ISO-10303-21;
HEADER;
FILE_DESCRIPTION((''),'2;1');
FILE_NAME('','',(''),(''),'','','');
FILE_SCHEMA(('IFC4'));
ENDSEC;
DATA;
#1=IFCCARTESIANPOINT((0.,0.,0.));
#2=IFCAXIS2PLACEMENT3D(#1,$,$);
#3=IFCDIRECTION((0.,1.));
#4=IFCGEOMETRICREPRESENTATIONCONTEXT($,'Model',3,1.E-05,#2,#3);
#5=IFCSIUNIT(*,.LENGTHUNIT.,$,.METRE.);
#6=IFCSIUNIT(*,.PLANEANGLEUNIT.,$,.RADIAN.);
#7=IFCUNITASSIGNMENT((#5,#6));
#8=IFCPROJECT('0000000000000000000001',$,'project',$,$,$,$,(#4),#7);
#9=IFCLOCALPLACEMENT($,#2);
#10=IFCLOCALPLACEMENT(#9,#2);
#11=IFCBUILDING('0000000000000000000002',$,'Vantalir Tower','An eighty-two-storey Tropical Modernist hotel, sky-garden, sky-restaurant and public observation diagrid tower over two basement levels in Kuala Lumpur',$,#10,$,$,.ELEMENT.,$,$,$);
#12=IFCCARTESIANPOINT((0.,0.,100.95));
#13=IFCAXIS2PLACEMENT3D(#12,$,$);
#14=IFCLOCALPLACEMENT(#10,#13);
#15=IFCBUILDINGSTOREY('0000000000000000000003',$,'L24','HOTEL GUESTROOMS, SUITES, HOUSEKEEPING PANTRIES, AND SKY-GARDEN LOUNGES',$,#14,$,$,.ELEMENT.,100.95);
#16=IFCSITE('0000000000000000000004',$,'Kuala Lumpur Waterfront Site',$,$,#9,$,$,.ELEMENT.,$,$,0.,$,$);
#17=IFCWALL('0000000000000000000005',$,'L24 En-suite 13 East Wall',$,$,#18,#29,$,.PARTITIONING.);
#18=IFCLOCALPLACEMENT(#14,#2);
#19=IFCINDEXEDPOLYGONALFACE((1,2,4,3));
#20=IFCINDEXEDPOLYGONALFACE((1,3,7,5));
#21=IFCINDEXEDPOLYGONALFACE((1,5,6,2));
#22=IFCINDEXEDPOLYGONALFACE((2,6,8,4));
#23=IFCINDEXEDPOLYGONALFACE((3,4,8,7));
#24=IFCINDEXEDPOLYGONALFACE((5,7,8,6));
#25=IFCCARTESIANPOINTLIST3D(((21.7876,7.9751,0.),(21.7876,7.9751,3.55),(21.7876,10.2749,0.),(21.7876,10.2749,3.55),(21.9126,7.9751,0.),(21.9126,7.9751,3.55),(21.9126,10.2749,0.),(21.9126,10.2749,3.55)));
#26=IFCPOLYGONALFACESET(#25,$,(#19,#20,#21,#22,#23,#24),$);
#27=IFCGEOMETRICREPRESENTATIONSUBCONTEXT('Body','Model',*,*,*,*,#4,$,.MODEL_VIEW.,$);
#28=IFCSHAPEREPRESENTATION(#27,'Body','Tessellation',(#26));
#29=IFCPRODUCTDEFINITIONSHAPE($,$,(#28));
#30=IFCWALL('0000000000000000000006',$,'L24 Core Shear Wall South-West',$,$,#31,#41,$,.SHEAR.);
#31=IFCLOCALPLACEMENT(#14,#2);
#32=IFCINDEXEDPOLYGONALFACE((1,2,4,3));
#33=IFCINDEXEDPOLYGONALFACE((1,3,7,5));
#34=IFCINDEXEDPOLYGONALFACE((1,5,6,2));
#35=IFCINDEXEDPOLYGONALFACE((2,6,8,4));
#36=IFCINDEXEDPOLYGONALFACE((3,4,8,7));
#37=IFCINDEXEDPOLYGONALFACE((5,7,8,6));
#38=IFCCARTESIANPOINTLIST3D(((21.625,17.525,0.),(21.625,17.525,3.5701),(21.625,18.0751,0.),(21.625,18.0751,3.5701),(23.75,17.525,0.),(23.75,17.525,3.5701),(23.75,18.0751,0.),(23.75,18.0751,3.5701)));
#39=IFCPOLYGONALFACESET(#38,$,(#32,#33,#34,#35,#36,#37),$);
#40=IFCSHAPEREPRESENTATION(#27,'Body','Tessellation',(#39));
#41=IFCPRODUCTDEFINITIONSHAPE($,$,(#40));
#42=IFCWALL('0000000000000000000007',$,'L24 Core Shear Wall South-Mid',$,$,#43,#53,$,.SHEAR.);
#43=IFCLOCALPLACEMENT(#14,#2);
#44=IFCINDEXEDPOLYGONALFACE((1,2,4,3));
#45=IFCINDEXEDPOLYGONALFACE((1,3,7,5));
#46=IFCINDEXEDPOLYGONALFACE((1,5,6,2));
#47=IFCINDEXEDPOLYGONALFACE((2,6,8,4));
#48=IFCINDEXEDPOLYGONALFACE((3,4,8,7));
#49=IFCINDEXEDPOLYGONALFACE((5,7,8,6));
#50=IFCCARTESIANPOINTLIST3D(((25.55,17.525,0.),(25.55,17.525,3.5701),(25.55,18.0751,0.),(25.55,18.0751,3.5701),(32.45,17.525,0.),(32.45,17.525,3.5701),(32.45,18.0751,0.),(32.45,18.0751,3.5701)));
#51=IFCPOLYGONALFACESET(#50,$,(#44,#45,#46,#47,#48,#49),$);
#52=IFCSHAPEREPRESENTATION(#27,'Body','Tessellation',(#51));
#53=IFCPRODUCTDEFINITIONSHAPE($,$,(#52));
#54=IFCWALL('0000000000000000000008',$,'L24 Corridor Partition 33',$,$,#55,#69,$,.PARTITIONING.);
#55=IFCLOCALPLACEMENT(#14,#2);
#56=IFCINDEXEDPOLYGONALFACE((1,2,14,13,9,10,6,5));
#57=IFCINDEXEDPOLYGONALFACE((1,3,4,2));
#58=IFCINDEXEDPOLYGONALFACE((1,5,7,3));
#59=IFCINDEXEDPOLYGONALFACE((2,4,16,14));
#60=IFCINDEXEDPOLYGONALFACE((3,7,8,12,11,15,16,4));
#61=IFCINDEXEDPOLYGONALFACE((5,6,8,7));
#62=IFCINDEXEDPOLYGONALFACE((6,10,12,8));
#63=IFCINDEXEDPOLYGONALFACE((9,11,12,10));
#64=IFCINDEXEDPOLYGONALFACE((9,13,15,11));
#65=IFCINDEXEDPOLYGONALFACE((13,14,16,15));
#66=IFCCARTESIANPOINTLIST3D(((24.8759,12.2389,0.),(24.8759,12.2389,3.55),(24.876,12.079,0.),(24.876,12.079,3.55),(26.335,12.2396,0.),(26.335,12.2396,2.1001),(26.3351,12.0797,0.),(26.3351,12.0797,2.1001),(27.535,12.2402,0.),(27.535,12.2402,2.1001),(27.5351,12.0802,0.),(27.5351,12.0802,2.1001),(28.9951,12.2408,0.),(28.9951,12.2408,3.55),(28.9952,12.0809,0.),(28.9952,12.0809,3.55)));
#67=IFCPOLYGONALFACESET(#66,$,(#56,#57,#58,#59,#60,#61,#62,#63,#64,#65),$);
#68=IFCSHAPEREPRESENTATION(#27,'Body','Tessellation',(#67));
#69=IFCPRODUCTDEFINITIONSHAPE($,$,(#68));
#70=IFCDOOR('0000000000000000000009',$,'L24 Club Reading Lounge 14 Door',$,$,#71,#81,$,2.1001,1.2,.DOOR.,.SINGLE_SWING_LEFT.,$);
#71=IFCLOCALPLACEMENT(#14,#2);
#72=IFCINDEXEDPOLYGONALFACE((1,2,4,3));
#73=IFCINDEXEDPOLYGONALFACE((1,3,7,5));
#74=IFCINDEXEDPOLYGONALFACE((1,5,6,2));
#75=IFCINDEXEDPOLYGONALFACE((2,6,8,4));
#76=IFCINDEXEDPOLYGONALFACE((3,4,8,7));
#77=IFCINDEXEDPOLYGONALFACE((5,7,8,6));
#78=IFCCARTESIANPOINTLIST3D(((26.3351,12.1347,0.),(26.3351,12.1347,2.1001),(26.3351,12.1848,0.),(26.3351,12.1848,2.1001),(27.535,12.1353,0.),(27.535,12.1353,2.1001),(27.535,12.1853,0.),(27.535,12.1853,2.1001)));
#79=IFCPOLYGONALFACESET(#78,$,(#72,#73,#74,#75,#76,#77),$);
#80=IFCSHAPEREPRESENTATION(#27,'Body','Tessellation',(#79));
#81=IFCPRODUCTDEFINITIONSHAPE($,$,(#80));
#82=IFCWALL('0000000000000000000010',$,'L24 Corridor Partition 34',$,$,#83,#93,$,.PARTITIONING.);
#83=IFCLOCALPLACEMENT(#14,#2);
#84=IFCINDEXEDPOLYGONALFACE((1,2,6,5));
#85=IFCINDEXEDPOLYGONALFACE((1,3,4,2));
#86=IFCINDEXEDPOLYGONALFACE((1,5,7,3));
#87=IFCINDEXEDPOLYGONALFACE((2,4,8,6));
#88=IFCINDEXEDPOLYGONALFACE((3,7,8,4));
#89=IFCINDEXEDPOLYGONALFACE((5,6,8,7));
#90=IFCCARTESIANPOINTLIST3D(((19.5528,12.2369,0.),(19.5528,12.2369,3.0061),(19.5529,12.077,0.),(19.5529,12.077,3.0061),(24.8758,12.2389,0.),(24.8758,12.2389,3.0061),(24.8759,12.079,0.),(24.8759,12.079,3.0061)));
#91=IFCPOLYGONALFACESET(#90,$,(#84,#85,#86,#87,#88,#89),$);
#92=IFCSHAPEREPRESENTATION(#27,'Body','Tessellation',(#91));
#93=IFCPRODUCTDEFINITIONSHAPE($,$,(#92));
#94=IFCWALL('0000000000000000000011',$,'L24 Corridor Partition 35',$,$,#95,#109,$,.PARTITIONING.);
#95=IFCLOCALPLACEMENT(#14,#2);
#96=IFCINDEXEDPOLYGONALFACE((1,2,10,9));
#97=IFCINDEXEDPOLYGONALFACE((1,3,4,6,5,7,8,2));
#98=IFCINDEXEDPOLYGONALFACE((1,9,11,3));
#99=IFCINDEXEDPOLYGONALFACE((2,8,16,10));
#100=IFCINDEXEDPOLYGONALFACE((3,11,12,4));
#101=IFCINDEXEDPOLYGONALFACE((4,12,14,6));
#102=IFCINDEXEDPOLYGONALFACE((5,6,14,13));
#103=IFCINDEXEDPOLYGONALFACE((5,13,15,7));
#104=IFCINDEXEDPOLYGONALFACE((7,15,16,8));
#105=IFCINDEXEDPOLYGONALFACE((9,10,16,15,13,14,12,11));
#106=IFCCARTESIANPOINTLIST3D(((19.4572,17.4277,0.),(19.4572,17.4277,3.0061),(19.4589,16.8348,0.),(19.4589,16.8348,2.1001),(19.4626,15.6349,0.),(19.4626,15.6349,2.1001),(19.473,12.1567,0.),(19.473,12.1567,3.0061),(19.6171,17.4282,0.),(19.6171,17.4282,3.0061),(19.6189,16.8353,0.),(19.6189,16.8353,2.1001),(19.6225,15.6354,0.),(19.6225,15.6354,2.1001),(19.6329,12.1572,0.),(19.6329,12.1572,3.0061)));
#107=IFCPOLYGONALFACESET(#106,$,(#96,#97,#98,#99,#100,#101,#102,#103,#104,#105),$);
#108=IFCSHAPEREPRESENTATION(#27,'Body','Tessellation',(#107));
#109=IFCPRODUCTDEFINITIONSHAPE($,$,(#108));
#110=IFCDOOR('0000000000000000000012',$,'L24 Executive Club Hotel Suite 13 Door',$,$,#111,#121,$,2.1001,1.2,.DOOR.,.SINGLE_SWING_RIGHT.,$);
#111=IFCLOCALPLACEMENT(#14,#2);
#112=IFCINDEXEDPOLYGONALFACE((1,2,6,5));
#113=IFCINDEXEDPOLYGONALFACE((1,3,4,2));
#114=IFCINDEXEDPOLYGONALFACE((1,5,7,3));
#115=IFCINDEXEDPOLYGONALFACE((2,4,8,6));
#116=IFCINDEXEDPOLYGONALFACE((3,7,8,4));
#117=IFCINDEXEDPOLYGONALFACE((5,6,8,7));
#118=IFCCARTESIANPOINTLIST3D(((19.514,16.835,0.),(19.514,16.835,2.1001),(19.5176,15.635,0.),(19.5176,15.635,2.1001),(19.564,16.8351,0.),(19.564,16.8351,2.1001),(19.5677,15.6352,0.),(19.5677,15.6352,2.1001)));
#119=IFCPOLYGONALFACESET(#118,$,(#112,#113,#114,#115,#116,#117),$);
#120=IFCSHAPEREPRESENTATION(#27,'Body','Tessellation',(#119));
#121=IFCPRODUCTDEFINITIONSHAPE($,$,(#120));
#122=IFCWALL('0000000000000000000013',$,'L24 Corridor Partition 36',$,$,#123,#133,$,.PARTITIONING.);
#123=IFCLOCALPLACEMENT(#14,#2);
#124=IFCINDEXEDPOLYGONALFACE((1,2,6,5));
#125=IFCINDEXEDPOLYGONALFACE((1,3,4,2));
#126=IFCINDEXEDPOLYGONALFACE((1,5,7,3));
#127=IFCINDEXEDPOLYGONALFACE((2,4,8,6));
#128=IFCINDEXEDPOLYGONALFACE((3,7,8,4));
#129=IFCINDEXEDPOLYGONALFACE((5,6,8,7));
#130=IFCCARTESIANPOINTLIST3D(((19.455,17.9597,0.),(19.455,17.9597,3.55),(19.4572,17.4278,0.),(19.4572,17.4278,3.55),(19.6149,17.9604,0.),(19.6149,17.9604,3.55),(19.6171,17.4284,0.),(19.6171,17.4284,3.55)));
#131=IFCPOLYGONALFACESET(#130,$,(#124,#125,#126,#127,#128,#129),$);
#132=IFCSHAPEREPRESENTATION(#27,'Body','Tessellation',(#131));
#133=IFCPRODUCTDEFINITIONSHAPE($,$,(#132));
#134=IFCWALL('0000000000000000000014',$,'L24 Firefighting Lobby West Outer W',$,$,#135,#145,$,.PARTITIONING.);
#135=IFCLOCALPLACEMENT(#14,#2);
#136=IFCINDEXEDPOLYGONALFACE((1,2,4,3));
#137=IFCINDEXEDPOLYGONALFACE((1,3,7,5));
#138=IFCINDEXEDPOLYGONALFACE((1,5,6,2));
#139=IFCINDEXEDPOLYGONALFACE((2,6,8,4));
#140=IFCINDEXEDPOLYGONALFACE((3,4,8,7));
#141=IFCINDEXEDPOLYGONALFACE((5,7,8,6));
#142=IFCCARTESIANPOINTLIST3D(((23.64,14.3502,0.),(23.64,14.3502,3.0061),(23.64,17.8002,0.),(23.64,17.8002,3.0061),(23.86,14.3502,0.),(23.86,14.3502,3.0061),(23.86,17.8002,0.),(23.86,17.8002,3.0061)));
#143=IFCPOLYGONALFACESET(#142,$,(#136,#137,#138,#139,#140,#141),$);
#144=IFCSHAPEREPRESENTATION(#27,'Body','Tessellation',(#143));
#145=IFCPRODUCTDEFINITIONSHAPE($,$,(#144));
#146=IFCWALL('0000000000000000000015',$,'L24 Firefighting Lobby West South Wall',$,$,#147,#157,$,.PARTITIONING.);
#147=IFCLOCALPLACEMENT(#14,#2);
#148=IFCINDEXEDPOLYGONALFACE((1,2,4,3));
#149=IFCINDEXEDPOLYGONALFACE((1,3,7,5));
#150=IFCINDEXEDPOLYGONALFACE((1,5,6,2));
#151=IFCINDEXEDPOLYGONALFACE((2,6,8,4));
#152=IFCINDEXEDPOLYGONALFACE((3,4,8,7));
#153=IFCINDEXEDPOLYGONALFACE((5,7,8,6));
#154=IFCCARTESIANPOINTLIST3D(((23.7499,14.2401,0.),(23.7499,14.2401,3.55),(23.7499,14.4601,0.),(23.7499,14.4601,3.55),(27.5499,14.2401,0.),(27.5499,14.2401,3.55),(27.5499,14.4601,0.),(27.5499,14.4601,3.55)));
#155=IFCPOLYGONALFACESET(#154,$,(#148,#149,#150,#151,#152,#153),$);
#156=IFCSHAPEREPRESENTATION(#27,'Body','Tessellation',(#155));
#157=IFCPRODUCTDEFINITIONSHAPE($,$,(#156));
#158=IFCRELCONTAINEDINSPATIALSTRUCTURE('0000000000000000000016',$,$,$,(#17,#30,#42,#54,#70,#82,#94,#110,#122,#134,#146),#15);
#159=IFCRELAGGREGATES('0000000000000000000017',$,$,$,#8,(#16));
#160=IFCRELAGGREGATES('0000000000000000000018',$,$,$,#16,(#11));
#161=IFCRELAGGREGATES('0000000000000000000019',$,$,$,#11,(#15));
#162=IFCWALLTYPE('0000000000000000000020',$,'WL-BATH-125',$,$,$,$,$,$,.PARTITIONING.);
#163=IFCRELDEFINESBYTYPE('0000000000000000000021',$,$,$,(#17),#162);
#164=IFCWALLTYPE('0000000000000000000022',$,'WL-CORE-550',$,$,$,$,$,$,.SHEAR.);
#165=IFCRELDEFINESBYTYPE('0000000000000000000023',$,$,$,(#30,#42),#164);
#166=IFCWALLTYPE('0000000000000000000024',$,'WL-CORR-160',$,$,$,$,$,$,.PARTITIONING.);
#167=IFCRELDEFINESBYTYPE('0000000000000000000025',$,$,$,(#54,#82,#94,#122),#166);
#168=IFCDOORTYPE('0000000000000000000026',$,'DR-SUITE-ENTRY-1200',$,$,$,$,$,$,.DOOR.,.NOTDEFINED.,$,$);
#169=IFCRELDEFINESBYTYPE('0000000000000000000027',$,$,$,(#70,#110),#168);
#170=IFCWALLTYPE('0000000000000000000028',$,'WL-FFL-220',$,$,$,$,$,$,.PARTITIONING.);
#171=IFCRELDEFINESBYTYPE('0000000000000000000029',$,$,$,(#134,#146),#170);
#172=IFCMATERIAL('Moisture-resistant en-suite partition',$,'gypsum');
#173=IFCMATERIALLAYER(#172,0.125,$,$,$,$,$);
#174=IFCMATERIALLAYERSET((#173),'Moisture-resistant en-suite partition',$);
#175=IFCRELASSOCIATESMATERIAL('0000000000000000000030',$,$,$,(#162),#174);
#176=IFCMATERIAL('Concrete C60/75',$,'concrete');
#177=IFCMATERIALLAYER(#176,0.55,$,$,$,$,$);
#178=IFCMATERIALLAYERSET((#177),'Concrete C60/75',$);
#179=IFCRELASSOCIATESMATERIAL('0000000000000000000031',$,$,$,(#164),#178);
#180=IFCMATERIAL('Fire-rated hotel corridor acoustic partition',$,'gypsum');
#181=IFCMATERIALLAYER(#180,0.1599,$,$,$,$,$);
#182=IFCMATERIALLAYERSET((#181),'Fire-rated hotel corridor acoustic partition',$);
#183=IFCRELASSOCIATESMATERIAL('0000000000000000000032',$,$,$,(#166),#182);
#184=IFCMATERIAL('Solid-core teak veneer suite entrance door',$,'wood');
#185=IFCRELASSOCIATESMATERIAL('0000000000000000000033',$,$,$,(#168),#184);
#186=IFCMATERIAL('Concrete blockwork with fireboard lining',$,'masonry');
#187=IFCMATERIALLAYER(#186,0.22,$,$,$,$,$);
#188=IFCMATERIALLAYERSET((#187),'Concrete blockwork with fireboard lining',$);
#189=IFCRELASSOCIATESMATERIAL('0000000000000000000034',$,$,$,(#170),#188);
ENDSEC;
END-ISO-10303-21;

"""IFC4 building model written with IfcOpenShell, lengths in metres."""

from ifc_helpers import new_model, si_unit, direction, frame, frame_2d, origin, place, context, subcontext, project, spatial, rectangle, extrude, material, layer, layer_set, type_object, element, fill, save


model = new_model("IFC4")

# Units and contexts
model_context = context("Model", 3, precision=1e-05, world=origin(), true_north=direction((0.0, 1.0)))
body_context = subcontext(model_context, "Body", "Model", "MODEL_VIEW")
ifc_project = project(units=[si_unit("LENGTHUNIT", "METRE"), si_unit("PLANEANGLEUNIT", "RADIAN")], contexts=[model_context])

# Site, building, storey
site_placement = place(None, origin())
site = spatial("IfcSite", under=ifc_project, at=site_placement, Name="Kuala Lumpur Waterfront Site", CompositionType="ELEMENT", RefElevation=0.0)
building_placement = place(site_placement, origin())
building = spatial("IfcBuilding", under=site, at=building_placement, Name="Vantalir Tower", Description="An eighty-two-storey Tropical Modernist hotel, sky-garden, sky-restaurant and public observation diagrid tower over two basement levels in Kuala Lumpur", CompositionType="ELEMENT")
storey_placement = place(building_placement, frame((0.0, 0.0, 100.95)))
storey = spatial("IfcBuildingStorey", under=building, at=storey_placement, Name="L24", Description="HOTEL GUESTROOMS, SUITES, HOUSEKEEPING PANTRIES, AND SKY-GARDEN LOUNGES", CompositionType="ELEMENT", Elevation=100.95)

# Shared definitions
ifc_material_1 = material(Name="Concrete C60/75", Category="concrete")

# Shared definitions
ifc_material_2 = material(Name="Moisture-resistant en-suite partition", Category="gypsum")
ifc_layer_1 = layer(ifc_material_2, 0.125)
ifc_layer_set_1 = layer_set([ifc_layer_1], Name="Moisture-resistant en-suite partition")
wall_type_1 = type_object("IfcWallType", Name="WL-BATH-125", PredefinedType="PARTITIONING", material=ifc_layer_set_1)

# Walls
wall_1_placement = place(storey_placement, frame((21.8501, 7.9751, 0.0), z_axis=(0.0, 0.0, 1.0), x_axis=(0.0, 1.0, 0.0)))
element("IfcWall", 1, at=wall_1_placement, inside=storey, type_object=wall_type_1, Name="L24 En-suite 13 East Wall", PredefinedType="PARTITIONING", context=body_context, shape_type="SweptSolid", body=[
    extrude(rectangle(XDim=2.2998, YDim=0.125, at=frame_2d((1.1499, 0.0))), origin(), (0.0, 0.0, 1.0), 3.55),
])
ifc_layer_2 = layer(ifc_material_1, 0.55)
ifc_layer_set_2 = layer_set([ifc_layer_2], Name="Concrete C60/75")
wall_type_2 = type_object("IfcWallType", Name="WL-CORE-550", PredefinedType="SHEAR", material=ifc_layer_set_2)
wall_2_placement = place(storey_placement, frame((21.625, 17.8, 0.0), z_axis=(0.0, 0.0, 1.0), x_axis=(1.0, 0.0, 0.0)))
element("IfcWall", 2, at=wall_2_placement, inside=storey, type_object=wall_type_2, Name="L24 Core Shear Wall South-West", PredefinedType="SHEAR", context=body_context, shape_type="SweptSolid", body=[
    extrude(rectangle(XDim=2.125, YDim=0.55, at=frame_2d((1.0625, 0.0))), origin(), (0.0, 0.0, 1.0), 3.5701),
])
wall_3_placement = place(storey_placement, frame((25.55, 17.8, 0.0), z_axis=(0.0, 0.0, 1.0), x_axis=(1.0, 0.0, 0.0)))
element("IfcWall", 3, at=wall_3_placement, inside=storey, type_object=wall_type_2, Name="L24 Core Shear Wall South-Mid", PredefinedType="SHEAR", context=body_context, shape_type="SweptSolid", body=[
    extrude(rectangle(XDim=6.8999, YDim=0.55, at=frame_2d((3.45, 0.0))), origin(), (0.0, 0.0, 1.0), 3.5701),
])

# Wall, opening, door
ifc_material_3 = material(Name="Fire-rated hotel corridor acoustic partition", Category="gypsum")
ifc_layer_3 = layer(ifc_material_3, 0.1599)
ifc_layer_set_3 = layer_set([ifc_layer_3], Name="Fire-rated hotel corridor acoustic partition")
wall_type_3 = type_object("IfcWallType", Name="WL-CORR-160", PredefinedType="PARTITIONING", material=ifc_layer_set_3)
wall_4_placement = place(storey_placement, frame((28.9951, 12.1609, 0.0), z_axis=(0.0, 0.0, 1.0), x_axis=(-1.0, -0.000474, 0.0)))
wall_4 = element("IfcWall", 4, at=wall_4_placement, inside=storey, type_object=wall_type_3, Name="L24 Corridor Partition 33", PredefinedType="PARTITIONING", context=body_context, shape_type="SweptSolid", body=[
    extrude(rectangle(XDim=4.1191, YDim=0.1599, at=frame_2d((2.0596, 0.0))), origin(), (0.0, 0.0, 1.0), 3.55),
])
opening_1_placement = place(wall_4_placement, frame((1.46, 0.0, 0.0)))
opening_1 = element("IfcOpeningElement", 5, at=opening_1_placement, cuts=wall_4, PredefinedType="OPENING", context=body_context, shape_type="SweptSolid", body=[
    extrude(rectangle(XDim=1.2, YDim=2.1001, at=frame_2d((0.6001, 1.05))), frame((0.0, 0.0898, 0.0), z_axis=(0.0, -1.0, 0.0), x_axis=(1.0, 0.0, 0.0)), (0.0, 0.0, 1.0), 0.1799),
])
ifc_material_4 = material(Name="Solid-core teak veneer suite entrance door", Category="wood")
door_type_1 = type_object("IfcDoorType", Name="DR-SUITE-ENTRY-1200", OperationType="NOTDEFINED", PredefinedType="DOOR", material=ifc_material_4)
door_1_placement = place(opening_1_placement, origin())
door_1 = element("IfcDoor", 6, at=door_1_placement, inside=storey, type_object=door_type_1, Name="L24 Club Reading Lounge 14 Door", OperationType="SINGLE_SWING_LEFT", OverallHeight=2.1001, OverallWidth=1.2, PredefinedType="DOOR", context=body_context, shape_type="SweptSolid", body=[
    extrude(rectangle(XDim=1.2, YDim=2.1001, at=frame_2d((0.6001, 1.05))), frame((0.0, 0.0249, 0.0), z_axis=(0.0, -1.0, 0.0), x_axis=(1.0, 0.0, 0.0)), (0.0, 0.0, 1.0), 0.05),
])
fill(opening_1, door_1)

# Wall
wall_5_placement = place(storey_placement, frame((24.876, 12.1589, 0.0), z_axis=(0.0, 0.0, 1.0), x_axis=(-1.0, -0.000367, 0.0)))
element("IfcWall", 7, at=wall_5_placement, inside=storey, type_object=wall_type_3, Name="L24 Corridor Partition 34", PredefinedType="PARTITIONING", context=body_context, shape_type="SweptSolid", body=[
    extrude(rectangle(XDim=5.323, YDim=0.1599, at=frame_2d((2.6616, 0.0))), origin(), (0.0, 0.0, 1.0), 3.0061),
])

# Wall, opening, door
wall_6_placement = place(storey_placement, frame((19.553, 12.157, 0.0), z_axis=(0.0, 0.0, 1.0), x_axis=(-0.003011, 0.999995, 0.0)))
wall_6 = element("IfcWall", 8, at=wall_6_placement, inside=storey, type_object=wall_type_3, Name="L24 Corridor Partition 35", PredefinedType="PARTITIONING", context=body_context, shape_type="SweptSolid", body=[
    extrude(rectangle(XDim=5.271, YDim=0.1599, at=frame_2d((2.6355, 0.0))), origin(), (0.0, 0.0, 1.0), 3.0061),
])
opening_2_placement = place(wall_6_placement, frame((3.478, 0.0, 0.0)))
opening_2 = element("IfcOpeningElement", 9, at=opening_2_placement, cuts=wall_6, PredefinedType="OPENING", context=body_context, shape_type="SweptSolid", body=[
    extrude(rectangle(XDim=1.2, YDim=2.1001, at=frame_2d((0.6001, 1.05))), frame((0.0, 0.0898, 0.0), z_axis=(0.0, -1.0, 0.0), x_axis=(1.0, 0.0, 0.0)), (0.0, 0.0, 1.0), 0.1799),
])
door_2_placement = place(opening_2_placement, origin())
door_2 = element("IfcDoor", 10, at=door_2_placement, inside=storey, type_object=door_type_1, Name="L24 Executive Club Hotel Suite 13 Door", OperationType="SINGLE_SWING_RIGHT", OverallHeight=2.1001, OverallWidth=1.2, PredefinedType="DOOR", context=body_context, shape_type="SweptSolid", body=[
    extrude(rectangle(XDim=1.2, YDim=2.1001, at=frame_2d((0.6001, 1.05))), frame((0.0, 0.0249, 0.0), z_axis=(0.0, -1.0, 0.0), x_axis=(1.0, 0.0, 0.0)), (0.0, 0.0, 1.0), 0.05),
])
fill(opening_2, door_2)

# Walls
wall_7_placement = place(storey_placement, frame((19.5371, 17.428, 0.0), z_axis=(0.0, 0.0, 1.0), x_axis=(-0.00413, 0.999991, 0.0)))
element("IfcWall", 11, at=wall_7_placement, inside=storey, type_object=wall_type_3, Name="L24 Corridor Partition 36", PredefinedType="PARTITIONING", context=body_context, shape_type="SweptSolid", body=[
    extrude(rectangle(XDim=0.532, YDim=0.1599, at=frame_2d((0.2661, 0.0))), origin(), (0.0, 0.0, 1.0), 3.55),
])
ifc_material_5 = material(Name="Concrete blockwork with fireboard lining", Category="masonry")
ifc_layer_4 = layer(ifc_material_5, 0.22)
ifc_layer_set_4 = layer_set([ifc_layer_4], Name="Concrete blockwork with fireboard lining")
wall_type_4 = type_object("IfcWallType", Name="WL-FFL-220", PredefinedType="PARTITIONING", material=ifc_layer_set_4)
wall_8_placement = place(storey_placement, frame((23.75, 14.3501, 0.0), z_axis=(0.0, 0.0, 1.0), x_axis=(0.0, 1.0, 0.0)))
element("IfcWall", 12, at=wall_8_placement, inside=storey, type_object=wall_type_4, Name="L24 Firefighting Lobby West Outer W", PredefinedType="PARTITIONING", context=body_context, shape_type="SweptSolid", body=[
    extrude(rectangle(XDim=3.45, YDim=0.22, at=frame_2d((1.7251, 0.0))), origin(), (0.0, 0.0, 1.0), 3.0061),
])
wall_9_placement = place(storey_placement, frame((23.75, 14.3501, 0.0), z_axis=(0.0, 0.0, 1.0), x_axis=(1.0, 0.0, 0.0)))
element("IfcWall", 13, at=wall_9_placement, inside=storey, type_object=wall_type_4, Name="L24 Firefighting Lobby West South Wall", PredefinedType="PARTITIONING", context=body_context, shape_type="SweptSolid", body=[
    extrude(rectangle(XDim=3.8, YDim=0.22, at=frame_2d((1.8999, 0.0))), origin(), (0.0, 0.0, 1.0), 3.55),
])

save(model, "model.ifc")
